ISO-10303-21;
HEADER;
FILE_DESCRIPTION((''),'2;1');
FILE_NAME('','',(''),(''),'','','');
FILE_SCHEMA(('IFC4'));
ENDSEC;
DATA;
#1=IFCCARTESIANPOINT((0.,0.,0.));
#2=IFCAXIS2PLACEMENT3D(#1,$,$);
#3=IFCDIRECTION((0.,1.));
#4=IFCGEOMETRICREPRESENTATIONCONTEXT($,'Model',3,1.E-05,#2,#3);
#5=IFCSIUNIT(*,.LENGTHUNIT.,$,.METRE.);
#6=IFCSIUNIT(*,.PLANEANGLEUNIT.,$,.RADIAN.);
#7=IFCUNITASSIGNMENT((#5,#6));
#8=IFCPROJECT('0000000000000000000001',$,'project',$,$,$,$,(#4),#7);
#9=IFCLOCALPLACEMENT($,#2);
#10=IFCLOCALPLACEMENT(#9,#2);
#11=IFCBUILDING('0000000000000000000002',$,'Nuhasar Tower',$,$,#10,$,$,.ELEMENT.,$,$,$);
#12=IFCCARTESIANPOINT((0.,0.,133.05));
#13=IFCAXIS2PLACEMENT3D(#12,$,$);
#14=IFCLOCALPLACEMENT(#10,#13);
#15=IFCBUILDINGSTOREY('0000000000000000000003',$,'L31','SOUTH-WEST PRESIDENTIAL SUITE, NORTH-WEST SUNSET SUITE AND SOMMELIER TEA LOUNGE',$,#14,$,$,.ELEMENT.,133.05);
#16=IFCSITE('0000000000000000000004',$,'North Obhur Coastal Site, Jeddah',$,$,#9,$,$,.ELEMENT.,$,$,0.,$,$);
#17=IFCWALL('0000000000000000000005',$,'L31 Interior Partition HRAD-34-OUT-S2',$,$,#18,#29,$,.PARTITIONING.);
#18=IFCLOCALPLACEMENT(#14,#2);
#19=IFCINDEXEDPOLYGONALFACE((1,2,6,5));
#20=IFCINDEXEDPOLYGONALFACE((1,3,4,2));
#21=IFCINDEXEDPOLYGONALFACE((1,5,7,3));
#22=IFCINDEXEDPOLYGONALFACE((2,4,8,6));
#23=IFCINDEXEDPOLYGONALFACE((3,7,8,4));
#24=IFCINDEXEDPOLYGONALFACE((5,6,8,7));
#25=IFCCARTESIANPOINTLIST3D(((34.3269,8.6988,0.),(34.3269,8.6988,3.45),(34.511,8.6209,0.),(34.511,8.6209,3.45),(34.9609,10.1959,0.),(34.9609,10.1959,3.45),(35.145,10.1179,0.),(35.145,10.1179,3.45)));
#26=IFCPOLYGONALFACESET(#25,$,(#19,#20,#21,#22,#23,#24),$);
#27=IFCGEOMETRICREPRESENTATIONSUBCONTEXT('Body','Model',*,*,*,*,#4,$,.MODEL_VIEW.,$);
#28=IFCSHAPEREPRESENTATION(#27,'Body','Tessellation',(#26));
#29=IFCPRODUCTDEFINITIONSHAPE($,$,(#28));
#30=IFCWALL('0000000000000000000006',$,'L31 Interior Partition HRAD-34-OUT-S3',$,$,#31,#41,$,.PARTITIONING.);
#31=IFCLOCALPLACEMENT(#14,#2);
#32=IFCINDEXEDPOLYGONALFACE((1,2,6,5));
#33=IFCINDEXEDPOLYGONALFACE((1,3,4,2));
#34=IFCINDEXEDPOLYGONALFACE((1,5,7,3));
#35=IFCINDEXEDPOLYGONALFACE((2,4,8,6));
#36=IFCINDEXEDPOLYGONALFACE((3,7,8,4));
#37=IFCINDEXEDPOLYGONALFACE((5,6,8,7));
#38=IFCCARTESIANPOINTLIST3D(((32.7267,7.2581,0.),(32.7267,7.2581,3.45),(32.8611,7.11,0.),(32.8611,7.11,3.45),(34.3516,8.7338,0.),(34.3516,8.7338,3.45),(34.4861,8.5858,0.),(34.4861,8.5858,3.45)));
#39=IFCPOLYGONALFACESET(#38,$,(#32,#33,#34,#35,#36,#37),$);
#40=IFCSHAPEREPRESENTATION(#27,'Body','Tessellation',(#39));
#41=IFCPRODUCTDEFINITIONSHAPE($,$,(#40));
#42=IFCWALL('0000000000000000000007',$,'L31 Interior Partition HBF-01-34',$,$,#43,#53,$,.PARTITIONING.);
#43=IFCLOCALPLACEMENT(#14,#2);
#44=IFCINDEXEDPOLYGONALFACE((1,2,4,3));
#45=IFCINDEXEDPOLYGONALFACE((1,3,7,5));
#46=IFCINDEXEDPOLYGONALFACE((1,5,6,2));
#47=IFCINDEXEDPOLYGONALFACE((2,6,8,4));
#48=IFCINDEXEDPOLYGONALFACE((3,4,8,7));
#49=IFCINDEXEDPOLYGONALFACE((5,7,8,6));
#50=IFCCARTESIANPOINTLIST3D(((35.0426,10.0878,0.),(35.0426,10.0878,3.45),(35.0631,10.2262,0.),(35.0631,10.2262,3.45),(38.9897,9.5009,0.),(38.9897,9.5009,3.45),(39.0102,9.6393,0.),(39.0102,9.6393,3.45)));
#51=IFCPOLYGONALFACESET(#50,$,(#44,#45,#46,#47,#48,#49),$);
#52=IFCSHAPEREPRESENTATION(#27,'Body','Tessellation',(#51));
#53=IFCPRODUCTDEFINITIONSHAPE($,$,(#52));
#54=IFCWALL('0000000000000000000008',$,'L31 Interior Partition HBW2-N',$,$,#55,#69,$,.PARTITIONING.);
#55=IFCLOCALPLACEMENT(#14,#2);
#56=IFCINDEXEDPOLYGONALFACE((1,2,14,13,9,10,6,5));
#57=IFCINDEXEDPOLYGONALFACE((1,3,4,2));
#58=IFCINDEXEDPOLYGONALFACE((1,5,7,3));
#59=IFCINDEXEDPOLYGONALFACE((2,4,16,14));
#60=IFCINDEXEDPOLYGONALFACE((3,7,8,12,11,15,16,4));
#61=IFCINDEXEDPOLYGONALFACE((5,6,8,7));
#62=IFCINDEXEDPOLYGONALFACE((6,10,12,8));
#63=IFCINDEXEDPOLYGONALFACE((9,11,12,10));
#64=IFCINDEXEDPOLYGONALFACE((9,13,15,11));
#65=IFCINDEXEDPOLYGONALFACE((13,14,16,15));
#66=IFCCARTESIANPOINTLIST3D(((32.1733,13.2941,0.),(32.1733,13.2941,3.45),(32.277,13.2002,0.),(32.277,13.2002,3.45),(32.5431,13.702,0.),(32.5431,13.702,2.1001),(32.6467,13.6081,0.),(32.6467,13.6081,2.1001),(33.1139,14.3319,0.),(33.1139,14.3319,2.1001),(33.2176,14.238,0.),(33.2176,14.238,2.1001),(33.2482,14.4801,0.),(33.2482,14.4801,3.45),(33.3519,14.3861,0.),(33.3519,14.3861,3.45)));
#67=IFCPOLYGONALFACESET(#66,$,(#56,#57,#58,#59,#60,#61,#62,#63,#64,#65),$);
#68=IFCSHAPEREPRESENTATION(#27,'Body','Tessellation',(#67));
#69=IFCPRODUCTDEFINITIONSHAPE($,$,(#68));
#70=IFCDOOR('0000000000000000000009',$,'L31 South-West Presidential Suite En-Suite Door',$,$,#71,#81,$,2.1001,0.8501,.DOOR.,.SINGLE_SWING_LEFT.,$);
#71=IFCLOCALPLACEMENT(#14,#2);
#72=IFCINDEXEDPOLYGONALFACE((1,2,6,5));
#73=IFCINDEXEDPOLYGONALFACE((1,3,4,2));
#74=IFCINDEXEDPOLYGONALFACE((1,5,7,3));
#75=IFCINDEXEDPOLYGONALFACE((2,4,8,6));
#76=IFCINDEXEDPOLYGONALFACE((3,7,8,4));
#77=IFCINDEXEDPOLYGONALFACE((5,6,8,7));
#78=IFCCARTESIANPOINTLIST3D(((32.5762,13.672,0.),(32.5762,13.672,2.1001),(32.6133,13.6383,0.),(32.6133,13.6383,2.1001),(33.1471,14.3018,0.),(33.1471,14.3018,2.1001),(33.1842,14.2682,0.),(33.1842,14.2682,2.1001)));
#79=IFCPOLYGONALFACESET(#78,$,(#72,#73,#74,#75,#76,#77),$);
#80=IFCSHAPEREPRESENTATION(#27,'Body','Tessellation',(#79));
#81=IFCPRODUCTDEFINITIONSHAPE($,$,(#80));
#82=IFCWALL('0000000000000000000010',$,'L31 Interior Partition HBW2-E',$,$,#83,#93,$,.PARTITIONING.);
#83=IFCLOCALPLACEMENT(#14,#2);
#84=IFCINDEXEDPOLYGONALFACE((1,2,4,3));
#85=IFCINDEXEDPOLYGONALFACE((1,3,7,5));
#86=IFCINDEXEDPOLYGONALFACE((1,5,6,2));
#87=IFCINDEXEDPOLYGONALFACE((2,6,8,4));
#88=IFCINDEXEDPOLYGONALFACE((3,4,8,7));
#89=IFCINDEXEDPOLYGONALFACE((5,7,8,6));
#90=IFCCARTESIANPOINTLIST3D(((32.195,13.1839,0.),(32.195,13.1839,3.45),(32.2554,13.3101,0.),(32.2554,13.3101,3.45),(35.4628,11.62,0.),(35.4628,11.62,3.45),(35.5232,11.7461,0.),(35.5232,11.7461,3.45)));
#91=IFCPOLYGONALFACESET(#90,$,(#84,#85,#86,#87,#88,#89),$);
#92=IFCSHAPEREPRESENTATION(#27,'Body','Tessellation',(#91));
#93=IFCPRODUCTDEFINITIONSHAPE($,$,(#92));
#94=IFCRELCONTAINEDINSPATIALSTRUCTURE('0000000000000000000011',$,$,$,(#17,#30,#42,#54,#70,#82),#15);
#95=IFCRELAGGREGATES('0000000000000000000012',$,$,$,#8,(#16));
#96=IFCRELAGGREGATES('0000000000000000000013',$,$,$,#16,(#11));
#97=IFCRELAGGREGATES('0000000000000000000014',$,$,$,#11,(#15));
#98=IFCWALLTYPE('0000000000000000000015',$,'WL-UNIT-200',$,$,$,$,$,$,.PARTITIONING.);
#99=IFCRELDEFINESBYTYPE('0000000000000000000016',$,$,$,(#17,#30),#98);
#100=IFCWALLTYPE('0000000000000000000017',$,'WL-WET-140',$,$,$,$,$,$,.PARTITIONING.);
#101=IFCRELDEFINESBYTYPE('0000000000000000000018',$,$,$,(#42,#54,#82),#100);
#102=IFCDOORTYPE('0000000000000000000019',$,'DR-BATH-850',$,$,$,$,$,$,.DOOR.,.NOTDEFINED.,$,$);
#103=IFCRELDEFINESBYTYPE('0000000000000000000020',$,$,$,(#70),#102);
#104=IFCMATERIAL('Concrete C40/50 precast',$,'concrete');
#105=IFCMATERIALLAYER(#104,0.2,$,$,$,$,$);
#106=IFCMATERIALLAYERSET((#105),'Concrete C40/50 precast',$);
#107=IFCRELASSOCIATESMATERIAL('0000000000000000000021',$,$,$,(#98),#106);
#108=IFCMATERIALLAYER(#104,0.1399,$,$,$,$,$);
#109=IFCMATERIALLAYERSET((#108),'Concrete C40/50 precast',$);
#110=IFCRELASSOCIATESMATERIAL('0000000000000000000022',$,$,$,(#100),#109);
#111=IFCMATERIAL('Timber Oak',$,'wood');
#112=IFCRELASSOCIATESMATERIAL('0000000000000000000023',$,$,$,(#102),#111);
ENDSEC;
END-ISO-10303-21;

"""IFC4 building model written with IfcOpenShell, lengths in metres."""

from ifc_helpers import new_model, si_unit, direction, frame, frame_2d, origin, place, context, subcontext, project, spatial, rectangle, extrude, material, layer, layer_set, type_object, element, fill, save


model = new_model("IFC4")

# Units and contexts
model_context = context("Model", 3, precision=1e-05, world=origin(), true_north=direction((0.0, 1.0)))
body_context = subcontext(model_context, "Body", "Model", "MODEL_VIEW")
ifc_project = project(units=[si_unit("LENGTHUNIT", "METRE"), si_unit("PLANEANGLEUNIT", "RADIAN")], contexts=[model_context])

# Site, building, storey
site_placement = place(None, origin())
site = spatial("IfcSite", under=ifc_project, at=site_placement, Name="North Obhur Coastal Site, Jeddah", CompositionType="ELEMENT", RefElevation=0.0)
building_placement = place(site_placement, origin())
building = spatial("IfcBuilding", under=site, at=building_placement, Name="Nuhasar Tower", CompositionType="ELEMENT")
storey_placement = place(building_placement, frame((0.0, 0.0, 133.05)))
storey = spatial("IfcBuildingStorey", under=building, at=storey_placement, Name="L31", Description="SOUTH-WEST PRESIDENTIAL SUITE, NORTH-WEST SUNSET SUITE AND SOMMELIER TEA LOUNGE", CompositionType="ELEMENT", Elevation=133.05)

# Walls
ifc_material_1 = material(Name="Concrete C40/50 precast", Category="concrete")
ifc_layer_1 = layer(ifc_material_1, 0.2)
ifc_layer_set_1 = layer_set([ifc_layer_1], Name="Concrete C40/50 precast")
wall_type_1 = type_object("IfcWallType", Name="WL-UNIT-200", PredefinedType="PARTITIONING", material=ifc_layer_set_1)
wall_1_placement = place(storey_placement, frame((35.053, 10.157, 0.0), z_axis=(0.0, 0.0, 1.0), x_axis=(-0.389983, -0.920822, 0.0)))
element("IfcWall", 1, at=wall_1_placement, inside=storey, type_object=wall_type_1, Name="L31 Interior Partition HRAD-34-OUT-S2", PredefinedType="PARTITIONING", context=body_context, shape_type="SweptSolid", body=[
    extrude(rectangle(XDim=1.6257, YDim=0.2, at=frame_2d((0.813, 0.0))), origin(), (0.0, 0.0, 1.0), 3.45),
])
wall_2_placement = place(storey_placement, frame((34.4189, 8.6599, 0.0), z_axis=(0.0, 0.0, 1.0), x_axis=(-0.740267, -0.672313, 0.0)))
element("IfcWall", 2, at=wall_2_placement, inside=storey, type_object=wall_type_1, Name="L31 Interior Partition HRAD-34-OUT-S3", PredefinedType="PARTITIONING", context=body_context, shape_type="SweptSolid", body=[
    extrude(rectangle(XDim=2.1951, YDim=0.2, at=frame_2d((1.0977, 0.0))), origin(), (0.0, 0.0, 1.0), 3.45),
])
ifc_layer_2 = layer(ifc_material_1, 0.1399)
ifc_layer_set_2 = layer_set([ifc_layer_2], Name="Concrete C40/50 precast")
wall_type_2 = type_object("IfcWallType", Name="WL-WET-140", PredefinedType="PARTITIONING", material=ifc_layer_set_2)
wall_3_placement = place(storey_placement, frame((35.053, 10.157, 0.0), z_axis=(0.0, 0.0, 1.0), x_axis=(0.989124, -0.147081, 0.0)))
element("IfcWall", 3, at=wall_3_placement, inside=storey, type_object=wall_type_2, Name="L31 Interior Partition HBF-01-34", PredefinedType="PARTITIONING", context=body_context, shape_type="SweptSolid", body=[
    extrude(rectangle(XDim=3.9905, YDim=0.1399, at=frame_2d((1.9951, 0.0))), origin(), (0.0, 0.0, 1.0), 3.45),
])

# Wall, opening, door
wall_4_placement = place(storey_placement, frame((33.3, 14.4331, 0.0), z_axis=(0.0, 0.0, 1.0), x_axis=(-0.671556, -0.740954, 0.0)))
wall_4 = element("IfcWall", 4, at=wall_4_placement, inside=storey, type_object=wall_type_2, Name="L31 Interior Partition HBW2-N", PredefinedType="PARTITIONING", context=body_context, shape_type="SweptSolid", body=[
    extrude(rectangle(XDim=1.6006, YDim=0.1399, at=frame_2d((0.8003, 0.0))), origin(), (0.0, 0.0, 1.0), 3.45),
])
opening_placement = place(wall_4_placement, frame((0.2, 0.0, 0.0)))
opening = element("IfcOpeningElement", 5, at=opening_placement, cuts=wall_4, PredefinedType="OPENING", context=body_context, shape_type="SweptSolid", body=[
    extrude(rectangle(XDim=0.8501, YDim=2.1001, at=frame_2d((0.425, 1.05))), frame((0.0, 0.0801, 0.0), z_axis=(0.0, -1.0, 0.0), x_axis=(1.0, 0.0, 0.0)), (0.0, 0.0, 1.0), 0.1599),
])
ifc_material_2 = material(Name="Timber Oak", Category="wood")
door_type = type_object("IfcDoorType", Name="DR-BATH-850", OperationType="NOTDEFINED", PredefinedType="DOOR", material=ifc_material_2)
door_placement = place(opening_placement, origin())
door = element("IfcDoor", 6, at=door_placement, inside=storey, type_object=door_type, Name="L31 South-West Presidential Suite En-Suite Door", OperationType="SINGLE_SWING_LEFT", OverallHeight=2.1001, OverallWidth=0.8501, PredefinedType="DOOR", context=body_context, shape_type="SweptSolid", body=[
    extrude(rectangle(XDim=0.8501, YDim=2.1001, at=frame_2d((0.425, 1.05))), frame((0.0, 0.0249, 0.0), z_axis=(0.0, -1.0, 0.0), x_axis=(1.0, 0.0, 0.0)), (0.0, 0.0, 1.0), 0.05),
])
fill(opening, door)

# Wall
wall_5_placement = place(storey_placement, frame((32.2251, 13.2471, 0.0), z_axis=(0.0, 0.0, 1.0), x_axis=(0.902017, -0.431701, 0.0)))
element("IfcWall", 7, at=wall_5_placement, inside=storey, type_object=wall_type_2, Name="L31 Interior Partition HBW2-E", PredefinedType="PARTITIONING", context=body_context, shape_type="SweptSolid", body=[
    extrude(rectangle(XDim=3.6228, YDim=0.1399, at=frame_2d((1.8115, 0.0))), origin(), (0.0, 0.0, 1.0), 3.45),
])

save(model, "model.ifc")
